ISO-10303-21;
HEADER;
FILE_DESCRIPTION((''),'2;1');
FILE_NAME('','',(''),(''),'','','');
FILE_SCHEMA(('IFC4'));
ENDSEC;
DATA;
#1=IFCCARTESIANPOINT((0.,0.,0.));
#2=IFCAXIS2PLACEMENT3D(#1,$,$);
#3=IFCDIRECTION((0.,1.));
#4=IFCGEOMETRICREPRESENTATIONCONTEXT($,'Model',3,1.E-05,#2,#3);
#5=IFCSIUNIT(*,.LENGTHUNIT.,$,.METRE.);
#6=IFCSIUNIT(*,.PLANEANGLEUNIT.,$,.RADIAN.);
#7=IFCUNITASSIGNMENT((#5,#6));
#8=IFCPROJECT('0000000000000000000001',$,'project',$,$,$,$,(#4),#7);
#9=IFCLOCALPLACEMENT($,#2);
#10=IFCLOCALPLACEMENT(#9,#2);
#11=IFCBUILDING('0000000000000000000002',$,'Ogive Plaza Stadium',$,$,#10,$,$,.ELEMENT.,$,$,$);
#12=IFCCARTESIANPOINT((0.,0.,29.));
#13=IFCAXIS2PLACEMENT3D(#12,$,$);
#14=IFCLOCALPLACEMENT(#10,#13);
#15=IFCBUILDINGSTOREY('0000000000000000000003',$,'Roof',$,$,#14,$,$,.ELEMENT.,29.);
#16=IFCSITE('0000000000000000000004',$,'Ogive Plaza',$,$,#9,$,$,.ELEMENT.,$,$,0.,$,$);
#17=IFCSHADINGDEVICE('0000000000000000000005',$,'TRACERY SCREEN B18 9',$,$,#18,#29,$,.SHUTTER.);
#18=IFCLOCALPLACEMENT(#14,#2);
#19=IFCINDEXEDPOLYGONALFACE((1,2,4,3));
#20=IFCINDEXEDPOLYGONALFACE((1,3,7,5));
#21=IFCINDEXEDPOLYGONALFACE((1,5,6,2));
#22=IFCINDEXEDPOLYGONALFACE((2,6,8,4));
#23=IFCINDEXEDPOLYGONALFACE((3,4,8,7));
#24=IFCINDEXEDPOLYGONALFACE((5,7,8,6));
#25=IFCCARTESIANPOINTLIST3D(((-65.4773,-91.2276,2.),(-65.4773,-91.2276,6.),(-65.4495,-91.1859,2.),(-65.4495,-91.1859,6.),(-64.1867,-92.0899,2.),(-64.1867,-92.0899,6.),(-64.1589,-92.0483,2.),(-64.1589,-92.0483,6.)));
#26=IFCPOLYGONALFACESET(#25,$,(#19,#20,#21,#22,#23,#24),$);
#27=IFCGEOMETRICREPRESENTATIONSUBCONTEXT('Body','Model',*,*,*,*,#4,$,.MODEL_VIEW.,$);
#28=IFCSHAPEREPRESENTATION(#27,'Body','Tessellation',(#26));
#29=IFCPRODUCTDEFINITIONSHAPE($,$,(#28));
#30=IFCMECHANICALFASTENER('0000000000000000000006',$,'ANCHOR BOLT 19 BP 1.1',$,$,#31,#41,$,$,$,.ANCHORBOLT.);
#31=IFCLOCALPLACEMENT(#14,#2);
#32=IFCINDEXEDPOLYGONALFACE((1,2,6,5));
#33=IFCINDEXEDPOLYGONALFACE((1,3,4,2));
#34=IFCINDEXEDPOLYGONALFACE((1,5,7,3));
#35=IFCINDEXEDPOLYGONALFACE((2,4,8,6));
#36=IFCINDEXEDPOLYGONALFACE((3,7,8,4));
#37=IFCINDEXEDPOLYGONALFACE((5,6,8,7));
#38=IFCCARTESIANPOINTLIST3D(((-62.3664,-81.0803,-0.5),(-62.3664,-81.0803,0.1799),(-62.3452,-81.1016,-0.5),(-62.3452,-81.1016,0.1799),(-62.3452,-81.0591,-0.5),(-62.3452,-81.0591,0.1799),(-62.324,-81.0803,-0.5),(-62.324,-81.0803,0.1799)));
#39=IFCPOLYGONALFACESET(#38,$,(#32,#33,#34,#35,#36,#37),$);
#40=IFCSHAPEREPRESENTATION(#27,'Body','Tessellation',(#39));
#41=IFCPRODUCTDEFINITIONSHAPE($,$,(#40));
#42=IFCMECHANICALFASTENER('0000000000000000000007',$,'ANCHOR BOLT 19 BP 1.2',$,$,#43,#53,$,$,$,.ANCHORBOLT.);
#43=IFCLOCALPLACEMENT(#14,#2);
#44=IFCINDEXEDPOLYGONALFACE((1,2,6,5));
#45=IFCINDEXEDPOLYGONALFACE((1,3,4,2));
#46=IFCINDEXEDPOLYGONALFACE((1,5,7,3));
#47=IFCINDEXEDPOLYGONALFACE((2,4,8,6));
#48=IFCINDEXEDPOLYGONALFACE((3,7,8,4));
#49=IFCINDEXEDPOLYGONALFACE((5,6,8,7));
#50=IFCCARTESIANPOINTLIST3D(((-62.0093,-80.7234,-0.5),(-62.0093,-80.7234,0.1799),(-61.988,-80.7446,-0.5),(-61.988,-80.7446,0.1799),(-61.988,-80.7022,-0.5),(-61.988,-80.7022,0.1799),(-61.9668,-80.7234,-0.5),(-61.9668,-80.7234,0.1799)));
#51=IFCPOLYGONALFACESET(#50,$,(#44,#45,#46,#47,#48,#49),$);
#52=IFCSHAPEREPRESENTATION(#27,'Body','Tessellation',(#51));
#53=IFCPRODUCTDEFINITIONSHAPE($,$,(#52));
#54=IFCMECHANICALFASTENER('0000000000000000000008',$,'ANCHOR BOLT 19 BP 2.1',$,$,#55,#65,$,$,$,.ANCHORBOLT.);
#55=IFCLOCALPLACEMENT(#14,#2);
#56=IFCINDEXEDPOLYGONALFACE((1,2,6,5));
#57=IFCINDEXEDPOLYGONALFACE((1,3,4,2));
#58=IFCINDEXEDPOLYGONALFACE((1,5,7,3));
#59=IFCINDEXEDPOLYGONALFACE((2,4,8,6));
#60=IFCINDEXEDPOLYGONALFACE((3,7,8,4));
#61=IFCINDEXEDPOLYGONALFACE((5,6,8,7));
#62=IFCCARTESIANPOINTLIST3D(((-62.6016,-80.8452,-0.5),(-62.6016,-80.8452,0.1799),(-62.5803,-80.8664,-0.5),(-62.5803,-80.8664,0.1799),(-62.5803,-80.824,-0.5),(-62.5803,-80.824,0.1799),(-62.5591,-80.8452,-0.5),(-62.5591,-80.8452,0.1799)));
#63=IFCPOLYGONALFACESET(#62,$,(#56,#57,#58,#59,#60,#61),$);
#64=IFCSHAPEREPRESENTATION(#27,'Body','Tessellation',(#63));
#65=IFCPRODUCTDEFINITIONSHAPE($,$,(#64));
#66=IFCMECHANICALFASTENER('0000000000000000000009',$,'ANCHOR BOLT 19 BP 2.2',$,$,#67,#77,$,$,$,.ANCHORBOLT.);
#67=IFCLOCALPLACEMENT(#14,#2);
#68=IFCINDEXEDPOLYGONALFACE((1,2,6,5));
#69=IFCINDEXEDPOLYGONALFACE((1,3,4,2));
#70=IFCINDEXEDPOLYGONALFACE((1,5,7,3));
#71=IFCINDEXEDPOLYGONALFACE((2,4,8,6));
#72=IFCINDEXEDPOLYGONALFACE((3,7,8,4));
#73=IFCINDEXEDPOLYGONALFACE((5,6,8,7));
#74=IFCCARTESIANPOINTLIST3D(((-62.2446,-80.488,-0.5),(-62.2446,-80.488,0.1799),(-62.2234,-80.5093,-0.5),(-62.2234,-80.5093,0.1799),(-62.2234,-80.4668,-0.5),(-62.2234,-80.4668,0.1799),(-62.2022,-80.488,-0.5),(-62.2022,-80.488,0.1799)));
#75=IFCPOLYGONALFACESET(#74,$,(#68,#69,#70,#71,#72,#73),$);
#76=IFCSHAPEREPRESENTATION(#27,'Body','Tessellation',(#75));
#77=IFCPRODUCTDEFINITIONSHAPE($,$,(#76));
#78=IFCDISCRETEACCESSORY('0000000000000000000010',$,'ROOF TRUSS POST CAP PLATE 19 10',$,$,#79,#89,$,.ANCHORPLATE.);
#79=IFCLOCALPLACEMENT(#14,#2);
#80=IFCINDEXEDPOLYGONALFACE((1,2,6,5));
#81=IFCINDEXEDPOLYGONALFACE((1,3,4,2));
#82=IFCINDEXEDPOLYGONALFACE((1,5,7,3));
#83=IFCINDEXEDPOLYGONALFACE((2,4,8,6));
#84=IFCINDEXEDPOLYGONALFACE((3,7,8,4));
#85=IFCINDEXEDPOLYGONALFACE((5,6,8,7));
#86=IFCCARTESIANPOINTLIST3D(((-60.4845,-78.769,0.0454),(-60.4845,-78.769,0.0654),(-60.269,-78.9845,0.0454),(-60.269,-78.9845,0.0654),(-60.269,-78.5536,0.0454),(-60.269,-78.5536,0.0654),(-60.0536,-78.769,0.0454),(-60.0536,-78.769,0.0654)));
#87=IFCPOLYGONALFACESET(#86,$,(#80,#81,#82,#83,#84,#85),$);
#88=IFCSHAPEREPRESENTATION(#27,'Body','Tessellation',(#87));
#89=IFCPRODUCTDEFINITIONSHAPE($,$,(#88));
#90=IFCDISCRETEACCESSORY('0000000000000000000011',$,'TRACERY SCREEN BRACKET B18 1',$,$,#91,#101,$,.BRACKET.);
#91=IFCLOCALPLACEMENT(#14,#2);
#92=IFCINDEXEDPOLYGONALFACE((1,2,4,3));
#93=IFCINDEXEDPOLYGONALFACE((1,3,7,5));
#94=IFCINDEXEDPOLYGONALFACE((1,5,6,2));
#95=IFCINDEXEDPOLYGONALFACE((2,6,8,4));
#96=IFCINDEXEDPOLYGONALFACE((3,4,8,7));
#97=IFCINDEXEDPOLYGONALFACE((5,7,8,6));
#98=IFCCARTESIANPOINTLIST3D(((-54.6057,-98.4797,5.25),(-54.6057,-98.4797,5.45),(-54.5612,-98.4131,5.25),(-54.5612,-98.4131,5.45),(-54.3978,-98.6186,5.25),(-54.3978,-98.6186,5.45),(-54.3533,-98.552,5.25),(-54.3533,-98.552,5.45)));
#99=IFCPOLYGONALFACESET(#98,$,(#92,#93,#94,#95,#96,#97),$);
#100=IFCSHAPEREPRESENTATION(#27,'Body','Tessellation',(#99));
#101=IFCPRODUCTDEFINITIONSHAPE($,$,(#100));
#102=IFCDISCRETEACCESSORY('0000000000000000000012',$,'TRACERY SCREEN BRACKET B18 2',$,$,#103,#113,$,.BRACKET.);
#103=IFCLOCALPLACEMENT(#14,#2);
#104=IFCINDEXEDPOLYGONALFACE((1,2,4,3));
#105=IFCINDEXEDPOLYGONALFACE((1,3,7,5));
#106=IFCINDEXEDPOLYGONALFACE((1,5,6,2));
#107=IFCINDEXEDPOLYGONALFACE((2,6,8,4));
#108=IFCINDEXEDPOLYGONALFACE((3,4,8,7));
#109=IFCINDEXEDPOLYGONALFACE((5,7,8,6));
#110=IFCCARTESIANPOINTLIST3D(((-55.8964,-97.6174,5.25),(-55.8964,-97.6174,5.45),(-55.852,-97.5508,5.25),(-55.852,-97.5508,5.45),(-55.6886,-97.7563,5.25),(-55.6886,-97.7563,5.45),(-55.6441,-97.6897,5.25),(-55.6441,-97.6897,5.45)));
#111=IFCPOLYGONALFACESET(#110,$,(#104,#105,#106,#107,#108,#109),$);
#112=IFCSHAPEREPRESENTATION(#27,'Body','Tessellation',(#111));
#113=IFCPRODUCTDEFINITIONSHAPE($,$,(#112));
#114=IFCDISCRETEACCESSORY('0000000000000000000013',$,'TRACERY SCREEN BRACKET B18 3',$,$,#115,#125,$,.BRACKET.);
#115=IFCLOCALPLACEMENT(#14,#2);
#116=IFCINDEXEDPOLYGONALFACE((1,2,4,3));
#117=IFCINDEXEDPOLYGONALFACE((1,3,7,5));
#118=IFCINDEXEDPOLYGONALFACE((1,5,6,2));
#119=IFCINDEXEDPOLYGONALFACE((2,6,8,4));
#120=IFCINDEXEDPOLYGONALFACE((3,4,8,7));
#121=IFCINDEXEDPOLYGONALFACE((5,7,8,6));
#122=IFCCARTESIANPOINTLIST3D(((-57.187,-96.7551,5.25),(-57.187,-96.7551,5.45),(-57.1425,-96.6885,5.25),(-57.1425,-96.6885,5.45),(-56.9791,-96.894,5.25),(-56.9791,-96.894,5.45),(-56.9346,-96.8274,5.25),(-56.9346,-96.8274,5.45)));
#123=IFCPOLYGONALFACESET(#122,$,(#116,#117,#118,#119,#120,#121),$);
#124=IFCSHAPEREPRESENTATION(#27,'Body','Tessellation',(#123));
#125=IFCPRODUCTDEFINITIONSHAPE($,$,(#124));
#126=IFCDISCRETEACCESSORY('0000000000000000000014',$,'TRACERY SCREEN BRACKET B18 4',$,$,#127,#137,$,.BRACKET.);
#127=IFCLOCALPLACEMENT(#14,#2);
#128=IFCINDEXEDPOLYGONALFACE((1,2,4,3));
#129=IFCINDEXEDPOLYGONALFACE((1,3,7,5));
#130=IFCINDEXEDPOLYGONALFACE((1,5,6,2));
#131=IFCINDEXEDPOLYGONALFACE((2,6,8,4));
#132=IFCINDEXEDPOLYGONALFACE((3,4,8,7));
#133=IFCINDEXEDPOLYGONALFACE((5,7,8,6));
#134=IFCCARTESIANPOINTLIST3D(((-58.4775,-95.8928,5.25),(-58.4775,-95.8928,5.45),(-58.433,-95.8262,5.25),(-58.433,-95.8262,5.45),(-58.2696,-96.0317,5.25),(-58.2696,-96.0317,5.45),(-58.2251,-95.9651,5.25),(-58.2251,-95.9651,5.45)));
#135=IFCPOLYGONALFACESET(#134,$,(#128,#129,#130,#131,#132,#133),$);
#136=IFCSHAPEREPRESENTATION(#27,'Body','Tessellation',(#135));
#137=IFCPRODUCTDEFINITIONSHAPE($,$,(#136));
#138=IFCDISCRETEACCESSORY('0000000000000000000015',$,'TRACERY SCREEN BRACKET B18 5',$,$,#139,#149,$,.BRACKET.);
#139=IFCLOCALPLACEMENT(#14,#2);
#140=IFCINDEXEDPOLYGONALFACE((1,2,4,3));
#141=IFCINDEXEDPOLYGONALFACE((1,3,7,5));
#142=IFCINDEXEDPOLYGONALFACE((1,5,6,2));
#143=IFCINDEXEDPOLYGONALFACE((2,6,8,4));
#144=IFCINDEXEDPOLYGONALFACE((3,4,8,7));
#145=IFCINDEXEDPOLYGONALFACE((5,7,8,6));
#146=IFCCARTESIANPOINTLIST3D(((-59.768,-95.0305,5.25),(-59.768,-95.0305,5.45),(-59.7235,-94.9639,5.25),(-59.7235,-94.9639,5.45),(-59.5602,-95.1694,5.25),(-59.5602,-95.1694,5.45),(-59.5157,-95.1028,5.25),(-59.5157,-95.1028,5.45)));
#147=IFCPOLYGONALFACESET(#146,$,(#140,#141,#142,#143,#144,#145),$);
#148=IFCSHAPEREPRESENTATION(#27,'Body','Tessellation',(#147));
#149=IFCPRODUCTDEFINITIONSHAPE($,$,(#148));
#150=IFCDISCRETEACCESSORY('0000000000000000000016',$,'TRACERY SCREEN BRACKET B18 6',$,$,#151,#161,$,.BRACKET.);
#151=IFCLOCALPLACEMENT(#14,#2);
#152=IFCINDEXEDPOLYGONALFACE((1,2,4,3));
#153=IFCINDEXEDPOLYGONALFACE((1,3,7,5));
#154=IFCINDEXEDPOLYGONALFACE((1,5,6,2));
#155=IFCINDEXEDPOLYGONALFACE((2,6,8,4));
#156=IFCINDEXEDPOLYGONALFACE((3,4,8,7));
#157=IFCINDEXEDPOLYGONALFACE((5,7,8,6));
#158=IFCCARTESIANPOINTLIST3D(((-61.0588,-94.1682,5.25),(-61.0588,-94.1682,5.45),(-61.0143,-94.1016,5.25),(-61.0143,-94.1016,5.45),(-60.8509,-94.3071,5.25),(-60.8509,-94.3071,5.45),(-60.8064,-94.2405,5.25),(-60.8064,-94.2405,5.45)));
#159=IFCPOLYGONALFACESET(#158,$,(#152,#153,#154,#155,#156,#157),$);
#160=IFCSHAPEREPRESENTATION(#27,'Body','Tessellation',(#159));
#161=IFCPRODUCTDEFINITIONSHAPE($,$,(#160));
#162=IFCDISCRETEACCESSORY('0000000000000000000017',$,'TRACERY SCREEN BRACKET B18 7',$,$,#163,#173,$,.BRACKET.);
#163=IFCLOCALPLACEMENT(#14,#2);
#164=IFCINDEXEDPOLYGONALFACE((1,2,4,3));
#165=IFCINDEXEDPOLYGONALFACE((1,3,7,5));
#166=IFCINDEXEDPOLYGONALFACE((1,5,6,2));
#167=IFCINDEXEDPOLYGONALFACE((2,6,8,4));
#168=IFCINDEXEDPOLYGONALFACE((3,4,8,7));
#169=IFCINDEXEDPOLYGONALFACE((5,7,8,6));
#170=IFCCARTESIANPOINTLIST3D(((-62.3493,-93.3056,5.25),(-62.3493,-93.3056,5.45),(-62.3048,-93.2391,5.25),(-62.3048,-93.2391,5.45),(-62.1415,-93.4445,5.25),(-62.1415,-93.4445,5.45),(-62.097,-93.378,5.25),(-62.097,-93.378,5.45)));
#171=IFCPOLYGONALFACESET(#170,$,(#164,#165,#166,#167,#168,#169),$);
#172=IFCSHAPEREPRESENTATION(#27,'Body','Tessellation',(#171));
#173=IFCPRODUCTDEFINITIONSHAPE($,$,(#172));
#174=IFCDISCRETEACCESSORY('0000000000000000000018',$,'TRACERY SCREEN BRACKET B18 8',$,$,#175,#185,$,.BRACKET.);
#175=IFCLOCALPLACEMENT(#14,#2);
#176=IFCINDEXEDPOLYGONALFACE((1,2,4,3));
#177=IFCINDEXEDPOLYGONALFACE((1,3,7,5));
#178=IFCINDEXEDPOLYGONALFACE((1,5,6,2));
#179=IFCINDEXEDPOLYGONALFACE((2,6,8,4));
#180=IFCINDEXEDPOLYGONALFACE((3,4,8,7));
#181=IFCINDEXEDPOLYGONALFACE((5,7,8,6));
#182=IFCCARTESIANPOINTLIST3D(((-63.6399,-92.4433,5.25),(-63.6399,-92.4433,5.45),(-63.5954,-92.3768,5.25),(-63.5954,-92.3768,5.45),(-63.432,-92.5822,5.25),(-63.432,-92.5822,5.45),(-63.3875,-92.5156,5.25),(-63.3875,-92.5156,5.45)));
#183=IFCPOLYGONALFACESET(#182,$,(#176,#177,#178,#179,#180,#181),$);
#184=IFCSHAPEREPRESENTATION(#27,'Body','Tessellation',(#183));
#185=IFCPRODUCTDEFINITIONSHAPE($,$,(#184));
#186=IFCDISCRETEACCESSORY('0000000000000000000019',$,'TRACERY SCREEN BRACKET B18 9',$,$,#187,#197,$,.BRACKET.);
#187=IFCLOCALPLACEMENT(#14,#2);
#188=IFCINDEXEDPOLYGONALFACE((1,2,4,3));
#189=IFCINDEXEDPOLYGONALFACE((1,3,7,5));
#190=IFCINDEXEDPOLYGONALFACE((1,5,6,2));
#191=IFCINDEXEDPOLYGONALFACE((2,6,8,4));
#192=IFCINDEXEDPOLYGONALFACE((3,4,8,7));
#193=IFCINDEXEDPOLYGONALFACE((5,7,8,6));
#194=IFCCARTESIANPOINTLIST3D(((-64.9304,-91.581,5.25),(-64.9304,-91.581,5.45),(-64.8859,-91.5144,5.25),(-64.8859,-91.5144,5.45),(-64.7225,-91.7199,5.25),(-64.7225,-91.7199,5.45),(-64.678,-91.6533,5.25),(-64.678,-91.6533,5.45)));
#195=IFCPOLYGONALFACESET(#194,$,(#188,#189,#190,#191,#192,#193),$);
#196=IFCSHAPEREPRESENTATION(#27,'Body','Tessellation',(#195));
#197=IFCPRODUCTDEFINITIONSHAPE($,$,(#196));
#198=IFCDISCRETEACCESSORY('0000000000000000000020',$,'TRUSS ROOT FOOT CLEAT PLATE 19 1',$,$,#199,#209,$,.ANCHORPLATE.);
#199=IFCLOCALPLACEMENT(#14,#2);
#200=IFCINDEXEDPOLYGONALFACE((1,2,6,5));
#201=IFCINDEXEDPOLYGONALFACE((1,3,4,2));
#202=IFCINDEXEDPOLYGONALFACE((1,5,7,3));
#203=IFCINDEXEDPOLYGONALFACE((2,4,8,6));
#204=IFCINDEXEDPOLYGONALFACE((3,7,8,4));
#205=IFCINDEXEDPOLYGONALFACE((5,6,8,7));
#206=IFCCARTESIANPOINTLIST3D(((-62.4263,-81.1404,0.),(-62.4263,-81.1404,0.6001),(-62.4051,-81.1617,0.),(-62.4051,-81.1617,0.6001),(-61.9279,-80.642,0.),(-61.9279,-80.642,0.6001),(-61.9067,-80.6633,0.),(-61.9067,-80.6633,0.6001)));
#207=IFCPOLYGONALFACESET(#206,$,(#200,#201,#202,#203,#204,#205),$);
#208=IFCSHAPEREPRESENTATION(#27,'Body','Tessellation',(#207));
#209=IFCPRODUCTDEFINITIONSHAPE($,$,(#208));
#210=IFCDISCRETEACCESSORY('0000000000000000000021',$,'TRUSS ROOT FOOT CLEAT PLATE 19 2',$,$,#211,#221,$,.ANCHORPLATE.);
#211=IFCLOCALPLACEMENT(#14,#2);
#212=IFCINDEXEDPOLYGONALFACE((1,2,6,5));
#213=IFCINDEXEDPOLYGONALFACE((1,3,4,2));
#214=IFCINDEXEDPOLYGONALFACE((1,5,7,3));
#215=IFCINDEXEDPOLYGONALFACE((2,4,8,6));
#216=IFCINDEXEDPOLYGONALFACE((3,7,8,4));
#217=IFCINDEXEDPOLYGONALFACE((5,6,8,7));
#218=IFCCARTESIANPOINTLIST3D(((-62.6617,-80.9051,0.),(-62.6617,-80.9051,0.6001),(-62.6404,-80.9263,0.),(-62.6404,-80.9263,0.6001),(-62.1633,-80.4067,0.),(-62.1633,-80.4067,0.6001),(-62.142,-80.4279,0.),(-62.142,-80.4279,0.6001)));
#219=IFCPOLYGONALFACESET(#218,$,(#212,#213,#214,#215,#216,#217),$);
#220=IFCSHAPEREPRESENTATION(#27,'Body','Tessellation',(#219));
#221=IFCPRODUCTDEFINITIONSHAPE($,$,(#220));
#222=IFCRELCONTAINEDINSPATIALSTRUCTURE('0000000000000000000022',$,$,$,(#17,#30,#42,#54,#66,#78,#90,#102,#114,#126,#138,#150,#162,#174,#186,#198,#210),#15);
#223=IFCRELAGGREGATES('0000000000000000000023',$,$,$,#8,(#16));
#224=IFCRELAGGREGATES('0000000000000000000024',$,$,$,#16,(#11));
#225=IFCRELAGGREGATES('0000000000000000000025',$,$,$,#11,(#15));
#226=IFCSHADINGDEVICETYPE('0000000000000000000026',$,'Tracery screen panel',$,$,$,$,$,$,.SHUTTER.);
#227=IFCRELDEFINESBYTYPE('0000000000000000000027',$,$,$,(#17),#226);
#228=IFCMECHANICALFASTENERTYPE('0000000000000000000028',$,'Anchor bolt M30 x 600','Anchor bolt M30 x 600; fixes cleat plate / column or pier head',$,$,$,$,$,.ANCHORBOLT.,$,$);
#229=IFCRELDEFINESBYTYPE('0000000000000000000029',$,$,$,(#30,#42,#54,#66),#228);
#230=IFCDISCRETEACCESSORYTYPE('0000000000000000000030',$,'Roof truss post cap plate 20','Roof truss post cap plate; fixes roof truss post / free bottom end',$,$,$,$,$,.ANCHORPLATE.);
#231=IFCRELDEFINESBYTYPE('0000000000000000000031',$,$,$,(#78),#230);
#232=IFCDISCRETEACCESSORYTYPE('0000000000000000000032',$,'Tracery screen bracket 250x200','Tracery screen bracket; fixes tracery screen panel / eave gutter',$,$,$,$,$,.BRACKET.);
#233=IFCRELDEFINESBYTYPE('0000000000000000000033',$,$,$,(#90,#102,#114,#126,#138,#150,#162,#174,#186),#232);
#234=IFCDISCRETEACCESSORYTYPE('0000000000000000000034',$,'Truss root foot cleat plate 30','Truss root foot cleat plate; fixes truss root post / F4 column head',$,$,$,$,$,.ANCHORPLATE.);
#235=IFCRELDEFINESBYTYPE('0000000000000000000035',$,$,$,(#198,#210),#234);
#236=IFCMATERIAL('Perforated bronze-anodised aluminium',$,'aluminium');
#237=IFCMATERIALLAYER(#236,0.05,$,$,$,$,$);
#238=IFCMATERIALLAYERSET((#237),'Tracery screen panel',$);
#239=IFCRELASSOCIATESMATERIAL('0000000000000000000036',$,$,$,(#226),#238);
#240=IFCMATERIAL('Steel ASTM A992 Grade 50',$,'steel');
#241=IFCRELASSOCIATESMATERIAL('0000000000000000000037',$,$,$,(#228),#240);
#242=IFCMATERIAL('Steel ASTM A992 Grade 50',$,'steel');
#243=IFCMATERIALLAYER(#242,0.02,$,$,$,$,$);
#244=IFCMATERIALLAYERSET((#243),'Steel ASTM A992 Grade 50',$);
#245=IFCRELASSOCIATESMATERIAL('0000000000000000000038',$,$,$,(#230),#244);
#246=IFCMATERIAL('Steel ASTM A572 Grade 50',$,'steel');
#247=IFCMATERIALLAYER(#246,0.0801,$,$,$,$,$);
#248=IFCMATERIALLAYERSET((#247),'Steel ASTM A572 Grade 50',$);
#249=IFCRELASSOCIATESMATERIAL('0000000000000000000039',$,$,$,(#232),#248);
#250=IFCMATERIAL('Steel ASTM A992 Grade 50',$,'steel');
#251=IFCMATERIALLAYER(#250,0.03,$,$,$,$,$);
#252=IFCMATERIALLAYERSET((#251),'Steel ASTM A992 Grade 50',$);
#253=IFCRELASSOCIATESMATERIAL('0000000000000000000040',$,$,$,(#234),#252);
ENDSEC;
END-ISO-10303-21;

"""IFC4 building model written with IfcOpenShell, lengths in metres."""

from ifc_helpers import new_model, si_unit, direction, frame, origin, origin_2d, place, context, subcontext, project, spatial, rectangle, extrude, material, layer, layer_set, type_object, element, save


model = new_model("IFC4")

# Units and contexts
model_context = context("Model", 3, precision=1e-05, world=origin(), true_north=direction((0.0, 1.0)))
body_context = subcontext(model_context, "Body", "Model", "MODEL_VIEW")
ifc_project = project(units=[si_unit("LENGTHUNIT", "METRE"), si_unit("PLANEANGLEUNIT", "RADIAN")], contexts=[model_context])

# Site, building, storey
site_placement = place(None, origin())
site = spatial("IfcSite", under=ifc_project, at=site_placement, Name="Ogive Plaza", CompositionType="ELEMENT", RefElevation=0.0)
building_placement = place(site_placement, origin())
building = spatial("IfcBuilding", under=site, at=building_placement, Name="Ogive Plaza Stadium", CompositionType="ELEMENT")
storey_placement = place(building_placement, frame((0.0, 0.0, 29.0)))
storey = spatial("IfcBuildingStorey", under=building, at=storey_placement, Name="Roof", CompositionType="ELEMENT", Elevation=29.0)

# Shading device
ifc_material_1 = material(Name="Perforated bronze-anodised aluminium", Category="aluminium")
ifc_layer_1 = layer(ifc_material_1, 0.05)
ifc_layer_set_1 = layer_set([ifc_layer_1], Name="Tracery screen panel")
shading_device_type = type_object("IfcShadingDeviceType", Name="Tracery screen panel", PredefinedType="SHUTTER", material=ifc_layer_set_1)
for number, where, z_axis, x_axis, name in (
    (1, (-64.8181, -91.6379, 2.0), (0.0, 0.0, 1.0), (-0.83147, 0.55557, 0.0), "TRACERY SCREEN B18 9"),
):
    element("IfcShadingDevice", number, at=place(storey_placement, frame(where, z_axis=z_axis, x_axis=x_axis)), inside=storey, type_object=shading_device_type, Name=name, PredefinedType="SHUTTER", context=body_context, shape_type="SweptSolid", body=[
        extrude(rectangle(XDim=1.5522, YDim=0.05, at=origin_2d()), origin(), (0.0, 0.0, 1.0), 4.0),
    ])

# Mechanical fasteners
ifc_material_2 = material(Name="Steel ASTM A992 Grade 50", Category="steel")
mechanical_fastener_type = type_object("IfcMechanicalFastenerType", Name="Anchor bolt M30 x 600", Description="Anchor bolt M30 x 600; fixes cleat plate / column or pier head", PredefinedType="ANCHORBOLT", material=ifc_material_2)
for number, where, z_axis, x_axis, name in (
    (2, (-62.3452, -81.0803, -0.5), (0.0, 0.0, 1.0), (-0.707107, -0.707107, 0.0), "ANCHOR BOLT 19 BP 1.1"),
    (3, (-61.988, -80.7234, -0.5), (0.0, 0.0, 1.0), (-0.707107, -0.707107, 0.0), "ANCHOR BOLT 19 BP 1.2"),
    (4, (-62.5803, -80.8452, -0.5), (0.0, 0.0, 1.0), (-0.707107, -0.707107, 0.0), "ANCHOR BOLT 19 BP 2.1"),
    (5, (-62.2234, -80.488, -0.5), (0.0, 0.0, 1.0), (-0.707107, -0.707107, 0.0), "ANCHOR BOLT 19 BP 2.2"),
):
    element("IfcMechanicalFastener", number, at=place(storey_placement, frame(where, z_axis=z_axis, x_axis=x_axis)), inside=storey, type_object=mechanical_fastener_type, Name=name, PredefinedType="ANCHORBOLT", context=body_context, shape_type="SweptSolid", body=[
        extrude(rectangle(XDim=0.03, YDim=0.03, at=origin_2d()), origin(), (0.0, 0.0, 1.0), 0.6799),
    ])

# Discrete accessories
ifc_material_3 = material(Name="Steel ASTM A992 Grade 50", Category="steel")
ifc_layer_2 = layer(ifc_material_3, 0.02)
ifc_layer_set_2 = layer_set([ifc_layer_2], Name="Steel ASTM A992 Grade 50")
discrete_accessory_type_1 = type_object("IfcDiscreteAccessoryType", Name="Roof truss post cap plate 20", Description="Roof truss post cap plate; fixes roof truss post / free bottom end", PredefinedType="ANCHORPLATE", material=ifc_layer_set_2)
discrete_accessory_placement = place(storey_placement, frame((-60.269, -78.769, 0.0454), z_axis=(0.0, 0.0, 1.0), x_axis=(-0.707107, -0.707107, 0.0)))
element("IfcDiscreteAccessory", 6, at=discrete_accessory_placement, inside=storey, type_object=discrete_accessory_type_1, Name="ROOF TRUSS POST CAP PLATE 19 10", PredefinedType="ANCHORPLATE", context=body_context, shape_type="SweptSolid", body=[
    extrude(rectangle(XDim=0.3047, YDim=0.3047, at=origin_2d()), origin(), (0.0, 0.0, 1.0), 0.02),
])
ifc_material_4 = material(Name="Steel ASTM A572 Grade 50", Category="steel")
ifc_layer_3 = layer(ifc_material_4, 0.0801)
ifc_layer_set_3 = layer_set([ifc_layer_3], Name="Steel ASTM A572 Grade 50")
discrete_accessory_type_2 = type_object("IfcDiscreteAccessoryType", Name="Tracery screen bracket 250x200", Description="Tracery screen bracket; fixes tracery screen panel / eave gutter", PredefinedType="BRACKET", material=ifc_layer_set_3)
for number, where, z_axis, x_axis, name in (
    (7, (-54.4795, -98.5159, 5.25), (0.0, 0.0, 1.0), (-0.83147, 0.55557, 0.0), "TRACERY SCREEN BRACKET B18 1"),
    (8, (-55.7703, -97.6536, 5.25), (0.0, 0.0, 1.0), (-0.83147, 0.55557, 0.0), "TRACERY SCREEN BRACKET B18 2"),
    (9, (-57.0608, -96.7913, 5.25), (0.0, 0.0, 1.0), (-0.83147, 0.55557, 0.0), "TRACERY SCREEN BRACKET B18 3"),
    (10, (-58.3513, -95.929, 5.25), (0.0, 0.0, 1.0), (-0.83147, 0.55557, 0.0), "TRACERY SCREEN BRACKET B18 4"),
    (11, (-59.6418, -95.0667, 5.25), (0.0, 0.0, 1.0), (-0.83147, 0.55557, 0.0), "TRACERY SCREEN BRACKET B18 5"),
    (12, (-60.9326, -94.2043, 5.25), (0.0, 0.0, 1.0), (-0.83147, 0.55557, 0.0), "TRACERY SCREEN BRACKET B18 6"),
    (13, (-62.2231, -93.3418, 5.25), (0.0, 0.0, 1.0), (-0.83147, 0.55557, 0.0), "TRACERY SCREEN BRACKET B18 7"),
    (14, (-63.5137, -92.4795, 5.25), (0.0, 0.0, 1.0), (-0.83147, 0.55557, 0.0), "TRACERY SCREEN BRACKET B18 8"),
    (15, (-64.8042, -91.6172, 5.25), (0.0, 0.0, 1.0), (-0.83147, 0.55557, 0.0), "TRACERY SCREEN BRACKET B18 9"),
):
    element("IfcDiscreteAccessory", number, at=place(storey_placement, frame(where, z_axis=z_axis, x_axis=x_axis)), inside=storey, type_object=discrete_accessory_type_2, Name=name, PredefinedType="BRACKET", context=body_context, shape_type="SweptSolid", body=[
        extrude(rectangle(XDim=0.25, YDim=0.0801, at=origin_2d()), origin(), (0.0, 0.0, 1.0), 0.2),
    ])
ifc_material_5 = material(Name="Steel ASTM A992 Grade 50", Category="steel")
ifc_layer_4 = layer(ifc_material_5, 0.03)
ifc_layer_set_4 = layer_set([ifc_layer_4], Name="Steel ASTM A992 Grade 50")
discrete_accessory_type_3 = type_object("IfcDiscreteAccessoryType", Name="Truss root foot cleat plate 30", Description="Truss root foot cleat plate; fixes truss root post / F4 column head", PredefinedType="ANCHORPLATE", material=ifc_layer_set_4)
for number, where, z_axis, x_axis, name in (
    (16, (-62.1665, -80.9019, 0.0), (0.0, 0.0, 1.0), (-0.707107, -0.707107, 0.0), "TRUSS ROOT FOOT CLEAT PLATE 19 1"),
    (17, (-62.4019, -80.6665, 0.0), (0.0, 0.0, 1.0), (-0.707107, -0.707107, 0.0), "TRUSS ROOT FOOT CLEAT PLATE 19 2"),
):
    element("IfcDiscreteAccessory", number, at=place(storey_placement, frame(where, z_axis=z_axis, x_axis=x_axis)), inside=storey, type_object=discrete_accessory_type_3, Name=name, PredefinedType="ANCHORPLATE", context=body_context, shape_type="SweptSolid", body=[
        extrude(rectangle(XDim=0.7048, YDim=0.03, at=origin_2d()), origin(), (0.0, 0.0, 1.0), 0.6001),
    ])

save(model, "model.ifc")
